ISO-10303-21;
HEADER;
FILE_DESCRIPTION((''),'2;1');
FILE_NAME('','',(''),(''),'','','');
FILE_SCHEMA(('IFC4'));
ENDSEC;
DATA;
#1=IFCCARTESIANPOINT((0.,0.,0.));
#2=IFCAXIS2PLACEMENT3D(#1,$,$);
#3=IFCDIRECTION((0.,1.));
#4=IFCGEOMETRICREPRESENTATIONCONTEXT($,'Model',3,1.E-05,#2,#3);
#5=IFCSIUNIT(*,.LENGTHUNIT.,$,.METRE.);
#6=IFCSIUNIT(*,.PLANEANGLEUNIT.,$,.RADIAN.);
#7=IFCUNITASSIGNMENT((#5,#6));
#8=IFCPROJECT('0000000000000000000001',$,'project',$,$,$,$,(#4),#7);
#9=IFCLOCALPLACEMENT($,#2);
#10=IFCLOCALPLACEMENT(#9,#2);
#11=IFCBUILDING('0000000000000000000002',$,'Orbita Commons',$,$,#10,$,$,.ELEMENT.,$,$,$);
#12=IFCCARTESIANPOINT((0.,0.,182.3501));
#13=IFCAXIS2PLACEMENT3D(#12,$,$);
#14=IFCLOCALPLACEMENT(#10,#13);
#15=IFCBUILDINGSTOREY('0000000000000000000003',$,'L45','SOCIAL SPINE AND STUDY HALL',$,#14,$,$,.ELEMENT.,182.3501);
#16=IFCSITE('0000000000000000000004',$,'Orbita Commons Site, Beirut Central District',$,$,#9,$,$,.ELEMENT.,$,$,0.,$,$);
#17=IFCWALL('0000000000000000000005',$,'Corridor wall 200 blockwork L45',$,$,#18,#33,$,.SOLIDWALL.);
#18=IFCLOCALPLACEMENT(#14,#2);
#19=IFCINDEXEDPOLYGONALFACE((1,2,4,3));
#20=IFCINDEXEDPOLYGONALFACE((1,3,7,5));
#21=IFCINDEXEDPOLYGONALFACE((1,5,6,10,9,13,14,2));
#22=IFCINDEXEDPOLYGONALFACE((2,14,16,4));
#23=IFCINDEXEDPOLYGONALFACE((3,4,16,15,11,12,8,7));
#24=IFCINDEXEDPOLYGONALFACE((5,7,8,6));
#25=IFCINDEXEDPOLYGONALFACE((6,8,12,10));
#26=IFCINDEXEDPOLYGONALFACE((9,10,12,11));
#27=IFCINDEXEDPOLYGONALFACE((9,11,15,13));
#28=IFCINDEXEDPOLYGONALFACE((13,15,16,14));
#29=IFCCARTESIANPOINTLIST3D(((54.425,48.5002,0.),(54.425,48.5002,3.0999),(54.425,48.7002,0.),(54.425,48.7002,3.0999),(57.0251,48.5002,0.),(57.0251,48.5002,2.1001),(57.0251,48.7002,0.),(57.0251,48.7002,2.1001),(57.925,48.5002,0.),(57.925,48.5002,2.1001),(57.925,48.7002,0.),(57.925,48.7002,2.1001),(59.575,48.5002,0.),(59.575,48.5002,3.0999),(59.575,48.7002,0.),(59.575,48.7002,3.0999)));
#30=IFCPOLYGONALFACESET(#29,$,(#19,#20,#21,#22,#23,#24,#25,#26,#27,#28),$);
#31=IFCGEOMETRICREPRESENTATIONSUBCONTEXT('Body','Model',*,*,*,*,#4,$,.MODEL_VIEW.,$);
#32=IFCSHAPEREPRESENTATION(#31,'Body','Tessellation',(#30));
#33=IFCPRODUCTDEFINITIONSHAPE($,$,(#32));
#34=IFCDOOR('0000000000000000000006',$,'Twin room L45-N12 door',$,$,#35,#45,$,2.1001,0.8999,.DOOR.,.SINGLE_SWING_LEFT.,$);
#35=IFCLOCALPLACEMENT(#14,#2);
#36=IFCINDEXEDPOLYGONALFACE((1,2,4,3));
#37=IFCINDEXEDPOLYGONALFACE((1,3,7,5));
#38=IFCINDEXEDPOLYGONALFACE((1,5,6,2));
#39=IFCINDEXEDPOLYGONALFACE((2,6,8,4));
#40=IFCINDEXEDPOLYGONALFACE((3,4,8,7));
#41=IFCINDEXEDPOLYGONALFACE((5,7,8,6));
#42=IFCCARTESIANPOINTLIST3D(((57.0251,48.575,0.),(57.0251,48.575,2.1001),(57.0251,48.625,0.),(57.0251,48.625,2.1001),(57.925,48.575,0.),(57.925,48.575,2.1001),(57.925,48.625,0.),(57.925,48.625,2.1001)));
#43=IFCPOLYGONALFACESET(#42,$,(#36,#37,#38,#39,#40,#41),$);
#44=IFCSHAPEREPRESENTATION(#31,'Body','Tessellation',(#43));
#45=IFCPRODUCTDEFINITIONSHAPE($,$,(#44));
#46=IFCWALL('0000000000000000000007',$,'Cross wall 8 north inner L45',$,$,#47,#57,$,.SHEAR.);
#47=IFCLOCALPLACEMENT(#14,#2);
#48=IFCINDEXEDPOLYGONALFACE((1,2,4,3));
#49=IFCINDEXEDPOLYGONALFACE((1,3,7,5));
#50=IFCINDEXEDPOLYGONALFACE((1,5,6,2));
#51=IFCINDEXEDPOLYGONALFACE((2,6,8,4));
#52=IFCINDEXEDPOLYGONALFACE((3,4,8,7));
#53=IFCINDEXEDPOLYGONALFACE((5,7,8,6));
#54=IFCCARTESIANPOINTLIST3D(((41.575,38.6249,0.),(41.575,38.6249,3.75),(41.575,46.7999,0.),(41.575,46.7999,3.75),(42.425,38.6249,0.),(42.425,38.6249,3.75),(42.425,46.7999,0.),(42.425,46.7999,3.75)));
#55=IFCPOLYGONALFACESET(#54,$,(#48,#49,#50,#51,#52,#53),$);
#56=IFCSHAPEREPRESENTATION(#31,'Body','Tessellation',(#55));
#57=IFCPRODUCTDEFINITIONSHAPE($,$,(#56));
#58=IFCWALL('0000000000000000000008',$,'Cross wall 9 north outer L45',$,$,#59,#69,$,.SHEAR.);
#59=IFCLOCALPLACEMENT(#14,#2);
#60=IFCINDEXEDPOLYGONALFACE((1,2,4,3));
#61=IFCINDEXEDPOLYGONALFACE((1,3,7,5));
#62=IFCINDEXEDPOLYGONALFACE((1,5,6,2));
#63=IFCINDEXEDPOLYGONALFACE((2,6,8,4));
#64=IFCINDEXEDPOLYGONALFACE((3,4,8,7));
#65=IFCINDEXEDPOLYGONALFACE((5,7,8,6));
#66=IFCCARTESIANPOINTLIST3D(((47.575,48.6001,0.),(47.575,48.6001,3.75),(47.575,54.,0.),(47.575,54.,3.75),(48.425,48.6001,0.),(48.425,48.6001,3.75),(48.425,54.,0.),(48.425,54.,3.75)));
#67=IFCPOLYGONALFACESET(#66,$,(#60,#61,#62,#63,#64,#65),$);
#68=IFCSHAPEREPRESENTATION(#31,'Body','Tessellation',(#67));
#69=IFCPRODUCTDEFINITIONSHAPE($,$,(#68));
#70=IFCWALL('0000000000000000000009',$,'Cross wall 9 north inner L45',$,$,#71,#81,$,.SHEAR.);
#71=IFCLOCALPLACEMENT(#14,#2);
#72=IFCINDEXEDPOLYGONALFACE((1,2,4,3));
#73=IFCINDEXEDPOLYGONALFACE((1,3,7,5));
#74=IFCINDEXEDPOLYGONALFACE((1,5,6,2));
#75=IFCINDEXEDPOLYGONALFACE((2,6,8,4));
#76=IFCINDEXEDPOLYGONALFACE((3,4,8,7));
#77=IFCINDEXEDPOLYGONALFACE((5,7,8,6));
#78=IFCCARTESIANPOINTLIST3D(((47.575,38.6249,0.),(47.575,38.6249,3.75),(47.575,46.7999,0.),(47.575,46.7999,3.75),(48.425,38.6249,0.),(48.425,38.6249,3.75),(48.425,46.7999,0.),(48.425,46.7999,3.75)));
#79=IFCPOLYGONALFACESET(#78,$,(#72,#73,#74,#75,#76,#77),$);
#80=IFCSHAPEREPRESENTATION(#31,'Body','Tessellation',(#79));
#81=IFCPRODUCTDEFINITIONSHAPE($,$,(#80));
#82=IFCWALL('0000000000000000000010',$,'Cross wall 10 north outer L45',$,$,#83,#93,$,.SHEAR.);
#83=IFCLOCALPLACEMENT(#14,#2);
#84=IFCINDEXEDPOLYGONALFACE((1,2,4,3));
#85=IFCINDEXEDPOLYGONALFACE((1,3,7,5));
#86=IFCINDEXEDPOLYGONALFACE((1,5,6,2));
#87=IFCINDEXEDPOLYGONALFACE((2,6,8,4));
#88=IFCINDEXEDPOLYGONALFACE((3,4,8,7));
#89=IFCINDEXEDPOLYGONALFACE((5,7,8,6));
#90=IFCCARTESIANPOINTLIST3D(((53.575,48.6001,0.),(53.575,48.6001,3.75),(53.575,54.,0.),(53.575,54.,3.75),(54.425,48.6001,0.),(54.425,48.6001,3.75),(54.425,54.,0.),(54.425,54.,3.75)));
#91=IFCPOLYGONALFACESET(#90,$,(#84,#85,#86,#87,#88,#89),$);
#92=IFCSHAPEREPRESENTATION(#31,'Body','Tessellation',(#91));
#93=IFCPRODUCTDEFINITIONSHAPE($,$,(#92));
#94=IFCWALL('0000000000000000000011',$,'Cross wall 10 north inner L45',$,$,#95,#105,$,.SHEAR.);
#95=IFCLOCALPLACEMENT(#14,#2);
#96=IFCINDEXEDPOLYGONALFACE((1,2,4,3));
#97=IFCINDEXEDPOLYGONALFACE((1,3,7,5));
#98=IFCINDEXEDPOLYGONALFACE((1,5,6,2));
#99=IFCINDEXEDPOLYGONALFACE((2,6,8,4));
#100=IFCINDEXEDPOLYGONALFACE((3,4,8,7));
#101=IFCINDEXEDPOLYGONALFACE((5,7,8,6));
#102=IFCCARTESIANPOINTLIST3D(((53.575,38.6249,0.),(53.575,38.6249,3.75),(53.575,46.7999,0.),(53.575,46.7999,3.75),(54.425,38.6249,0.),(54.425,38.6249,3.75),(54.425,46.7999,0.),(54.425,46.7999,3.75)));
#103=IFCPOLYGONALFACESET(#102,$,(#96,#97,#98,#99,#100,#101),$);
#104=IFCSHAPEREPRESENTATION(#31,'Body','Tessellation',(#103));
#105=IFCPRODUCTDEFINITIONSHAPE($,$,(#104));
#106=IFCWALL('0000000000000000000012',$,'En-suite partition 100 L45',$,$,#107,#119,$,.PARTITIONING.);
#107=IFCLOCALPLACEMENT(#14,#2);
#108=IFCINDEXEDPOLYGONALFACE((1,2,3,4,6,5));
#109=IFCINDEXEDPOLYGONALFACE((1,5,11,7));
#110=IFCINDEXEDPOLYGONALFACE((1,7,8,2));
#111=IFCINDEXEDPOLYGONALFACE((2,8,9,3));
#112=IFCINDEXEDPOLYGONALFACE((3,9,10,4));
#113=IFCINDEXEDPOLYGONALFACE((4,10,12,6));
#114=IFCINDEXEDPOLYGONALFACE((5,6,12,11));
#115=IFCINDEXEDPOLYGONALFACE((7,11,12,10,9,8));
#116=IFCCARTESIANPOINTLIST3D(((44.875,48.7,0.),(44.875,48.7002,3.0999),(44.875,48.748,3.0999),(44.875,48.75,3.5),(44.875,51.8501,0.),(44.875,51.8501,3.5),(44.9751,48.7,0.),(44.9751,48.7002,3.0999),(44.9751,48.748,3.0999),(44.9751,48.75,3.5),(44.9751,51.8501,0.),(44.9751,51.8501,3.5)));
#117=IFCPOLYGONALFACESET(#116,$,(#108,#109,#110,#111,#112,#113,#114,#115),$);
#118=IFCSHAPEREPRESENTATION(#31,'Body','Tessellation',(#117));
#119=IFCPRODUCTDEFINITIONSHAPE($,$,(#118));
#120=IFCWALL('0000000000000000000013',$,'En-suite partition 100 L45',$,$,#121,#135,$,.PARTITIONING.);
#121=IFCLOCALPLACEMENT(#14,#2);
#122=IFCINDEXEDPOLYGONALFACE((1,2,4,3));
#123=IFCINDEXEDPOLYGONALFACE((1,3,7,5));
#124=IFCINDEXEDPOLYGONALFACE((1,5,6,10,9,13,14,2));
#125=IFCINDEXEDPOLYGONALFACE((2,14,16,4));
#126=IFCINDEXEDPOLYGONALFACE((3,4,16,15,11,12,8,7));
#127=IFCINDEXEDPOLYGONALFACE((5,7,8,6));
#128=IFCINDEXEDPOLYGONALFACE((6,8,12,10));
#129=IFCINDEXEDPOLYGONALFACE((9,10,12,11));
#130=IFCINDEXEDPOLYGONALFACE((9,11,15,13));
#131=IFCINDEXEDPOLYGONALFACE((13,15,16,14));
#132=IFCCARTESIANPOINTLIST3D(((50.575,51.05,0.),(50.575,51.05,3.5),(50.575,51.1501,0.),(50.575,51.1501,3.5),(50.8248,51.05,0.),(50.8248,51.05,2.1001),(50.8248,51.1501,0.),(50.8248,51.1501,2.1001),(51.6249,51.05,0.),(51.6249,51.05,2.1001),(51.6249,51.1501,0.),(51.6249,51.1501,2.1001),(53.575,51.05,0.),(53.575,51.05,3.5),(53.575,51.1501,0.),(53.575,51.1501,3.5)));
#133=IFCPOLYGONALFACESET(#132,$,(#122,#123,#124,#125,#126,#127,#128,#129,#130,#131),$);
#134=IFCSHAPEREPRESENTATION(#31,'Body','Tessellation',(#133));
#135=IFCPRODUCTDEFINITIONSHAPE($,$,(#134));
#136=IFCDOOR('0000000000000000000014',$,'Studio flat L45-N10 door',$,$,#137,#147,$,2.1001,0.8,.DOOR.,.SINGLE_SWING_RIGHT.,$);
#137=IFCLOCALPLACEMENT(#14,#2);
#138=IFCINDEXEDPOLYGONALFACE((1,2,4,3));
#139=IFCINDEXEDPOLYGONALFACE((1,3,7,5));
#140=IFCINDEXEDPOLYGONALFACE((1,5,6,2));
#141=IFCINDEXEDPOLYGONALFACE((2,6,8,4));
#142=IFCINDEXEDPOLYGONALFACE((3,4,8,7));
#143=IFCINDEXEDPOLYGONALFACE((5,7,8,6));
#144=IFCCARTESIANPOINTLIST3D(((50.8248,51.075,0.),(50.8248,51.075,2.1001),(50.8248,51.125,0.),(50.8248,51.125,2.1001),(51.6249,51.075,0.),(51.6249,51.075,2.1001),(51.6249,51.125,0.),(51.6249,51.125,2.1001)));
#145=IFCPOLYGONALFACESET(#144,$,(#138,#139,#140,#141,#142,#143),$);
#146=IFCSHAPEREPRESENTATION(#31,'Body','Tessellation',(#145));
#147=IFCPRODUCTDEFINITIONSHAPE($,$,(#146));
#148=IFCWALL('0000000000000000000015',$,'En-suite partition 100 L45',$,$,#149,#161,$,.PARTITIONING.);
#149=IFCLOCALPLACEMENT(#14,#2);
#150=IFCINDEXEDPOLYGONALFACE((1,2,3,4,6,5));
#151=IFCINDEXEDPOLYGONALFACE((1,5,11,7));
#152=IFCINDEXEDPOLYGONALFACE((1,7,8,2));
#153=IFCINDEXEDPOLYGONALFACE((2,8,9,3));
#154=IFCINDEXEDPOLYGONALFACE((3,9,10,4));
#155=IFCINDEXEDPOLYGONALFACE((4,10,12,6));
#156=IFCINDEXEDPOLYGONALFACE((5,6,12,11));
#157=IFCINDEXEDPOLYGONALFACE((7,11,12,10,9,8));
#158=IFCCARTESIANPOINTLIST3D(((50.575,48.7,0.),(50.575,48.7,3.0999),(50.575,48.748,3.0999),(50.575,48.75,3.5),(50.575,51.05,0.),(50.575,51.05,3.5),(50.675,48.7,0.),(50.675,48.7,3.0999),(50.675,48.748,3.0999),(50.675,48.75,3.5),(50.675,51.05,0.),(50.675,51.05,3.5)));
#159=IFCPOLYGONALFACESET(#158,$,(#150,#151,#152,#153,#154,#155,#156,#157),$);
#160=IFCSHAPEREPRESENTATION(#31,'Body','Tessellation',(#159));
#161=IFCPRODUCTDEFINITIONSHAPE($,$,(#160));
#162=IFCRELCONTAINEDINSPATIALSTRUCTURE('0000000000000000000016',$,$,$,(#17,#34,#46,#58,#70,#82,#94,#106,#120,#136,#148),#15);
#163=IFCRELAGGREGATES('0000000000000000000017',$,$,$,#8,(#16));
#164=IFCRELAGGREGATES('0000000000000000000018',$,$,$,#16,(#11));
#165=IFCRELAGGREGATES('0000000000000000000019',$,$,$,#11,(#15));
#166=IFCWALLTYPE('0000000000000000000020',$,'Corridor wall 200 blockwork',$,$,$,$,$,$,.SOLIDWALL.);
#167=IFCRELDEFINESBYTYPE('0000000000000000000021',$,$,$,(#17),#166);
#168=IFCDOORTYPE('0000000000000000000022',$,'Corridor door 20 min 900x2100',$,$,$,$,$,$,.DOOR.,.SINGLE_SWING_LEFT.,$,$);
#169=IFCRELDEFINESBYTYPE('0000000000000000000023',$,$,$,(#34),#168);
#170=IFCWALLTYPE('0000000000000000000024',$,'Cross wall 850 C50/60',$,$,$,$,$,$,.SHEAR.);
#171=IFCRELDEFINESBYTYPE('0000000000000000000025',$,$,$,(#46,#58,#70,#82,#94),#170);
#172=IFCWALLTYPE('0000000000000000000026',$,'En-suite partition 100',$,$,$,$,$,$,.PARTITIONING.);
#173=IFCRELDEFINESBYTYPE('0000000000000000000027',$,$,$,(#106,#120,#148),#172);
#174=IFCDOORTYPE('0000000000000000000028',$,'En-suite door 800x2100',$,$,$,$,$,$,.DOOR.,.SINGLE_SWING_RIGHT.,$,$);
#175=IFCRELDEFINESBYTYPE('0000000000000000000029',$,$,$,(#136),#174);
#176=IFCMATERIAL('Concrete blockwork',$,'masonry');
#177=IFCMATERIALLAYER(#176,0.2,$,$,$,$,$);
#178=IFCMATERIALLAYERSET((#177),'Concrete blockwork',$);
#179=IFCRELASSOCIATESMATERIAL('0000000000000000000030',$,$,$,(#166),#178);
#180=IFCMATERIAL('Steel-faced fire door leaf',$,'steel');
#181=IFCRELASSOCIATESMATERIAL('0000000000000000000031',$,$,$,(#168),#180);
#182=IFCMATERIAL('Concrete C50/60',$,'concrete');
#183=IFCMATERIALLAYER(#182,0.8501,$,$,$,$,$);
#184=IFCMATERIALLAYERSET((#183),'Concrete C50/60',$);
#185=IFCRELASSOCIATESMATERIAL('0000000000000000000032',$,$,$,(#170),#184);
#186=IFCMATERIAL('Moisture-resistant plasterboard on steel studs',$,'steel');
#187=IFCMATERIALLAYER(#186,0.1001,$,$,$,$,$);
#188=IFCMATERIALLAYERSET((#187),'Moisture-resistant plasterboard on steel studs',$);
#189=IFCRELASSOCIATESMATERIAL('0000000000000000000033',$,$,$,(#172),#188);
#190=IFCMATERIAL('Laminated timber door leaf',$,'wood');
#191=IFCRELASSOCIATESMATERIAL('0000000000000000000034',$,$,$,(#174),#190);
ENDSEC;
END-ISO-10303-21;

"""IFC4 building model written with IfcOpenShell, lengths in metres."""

from ifc_helpers import new_model, si_unit, direction, frame, frame_2d, origin, place, context, subcontext, project, spatial, polyline, rectangle, outline, extrude, material, layer, layer_set, type_object, element, fill, save


model = new_model("IFC4")

# Units and contexts
model_context = context("Model", 3, precision=1e-05, world=origin(), true_north=direction((0.0, 1.0)))
body_context = subcontext(model_context, "Body", "Model", "MODEL_VIEW")
ifc_project = project(units=[si_unit("LENGTHUNIT", "METRE"), si_unit("PLANEANGLEUNIT", "RADIAN")], contexts=[model_context])

# Site, building, storey
site_placement = place(None, origin())
site = spatial("IfcSite", under=ifc_project, at=site_placement, Name="Orbita Commons Site, Beirut Central District", CompositionType="ELEMENT", RefElevation=0.0)
building_placement = place(site_placement, origin())
building = spatial("IfcBuilding", under=site, at=building_placement, Name="Orbita Commons", CompositionType="ELEMENT")
storey_placement = place(building_placement, frame((0.0, 0.0, 182.3501)))
storey = spatial("IfcBuildingStorey", under=building, at=storey_placement, Name="L45", Description="SOCIAL SPINE AND STUDY HALL", CompositionType="ELEMENT", Elevation=182.3501)

# Wall, opening, door
ifc_material_1 = material(Name="Concrete blockwork", Category="masonry")
ifc_layer_1 = layer(ifc_material_1, 0.2)
ifc_layer_set_1 = layer_set([ifc_layer_1], Name="Concrete blockwork")
wall_type_1 = type_object("IfcWallType", Name="Corridor wall 200 blockwork", PredefinedType="SOLIDWALL", material=ifc_layer_set_1)
ifc_material_2 = material(Name="Steel-faced fire door leaf", Category="steel")
door_type_1 = type_object("IfcDoorType", Name="Corridor door 20 min 900x2100", OperationType="SINGLE_SWING_LEFT", PredefinedType="DOOR", material=ifc_material_2)
wall_1_placement = place(storey_placement, frame((54.425, 48.6001, 0.0), z_axis=(0.0, 0.0, 1.0), x_axis=(1.0, 0.0, 0.0)))
wall_1 = element("IfcWall", 1, at=wall_1_placement, inside=storey, type_object=wall_type_1, Name="Corridor wall 200 blockwork L45", PredefinedType="SOLIDWALL", context=body_context, shape_type="SweptSolid", body=[
    extrude(outline(polyline([(0.0, 0.0), (5.1499, 0.0), (5.1499, 3.0999), (0.0, 3.0999), (0.0, 0.0)])), frame((0.0, 0.1001, 0.0), z_axis=(0.0, -1.0, 0.0), x_axis=(1.0, 0.0, 0.0)), (0.0, 0.0, 1.0), 0.2),
])
opening_1_placement = place(wall_1_placement, frame((2.6001, 0.0, 0.0)))
opening_1 = element("IfcOpeningElement", 2, at=opening_1_placement, cuts=wall_1, PredefinedType="OPENING", context=body_context, shape_type="SweptSolid", body=[
    extrude(rectangle(XDim=0.8999, YDim=2.1001, at=frame_2d((0.45, 1.05))), frame((0.0, 0.1099, 0.0), z_axis=(0.0, -1.0, 0.0), x_axis=(1.0, 0.0, 0.0)), (0.0, 0.0, 1.0), 0.22),
])
door_1_placement = place(opening_1_placement, origin())
door_1 = element("IfcDoor", 3, at=door_1_placement, inside=storey, type_object=door_type_1, Name="Twin room L45-N12 door", OperationType="SINGLE_SWING_LEFT", OverallHeight=2.1001, OverallWidth=0.8999, PredefinedType="DOOR", context=body_context, shape_type="SweptSolid", body=[
    extrude(rectangle(XDim=0.8999, YDim=2.1001, at=frame_2d((0.45, 1.05))), frame((0.0, 0.0249, 0.0), z_axis=(0.0, -1.0, 0.0), x_axis=(1.0, 0.0, 0.0)), (0.0, 0.0, 1.0), 0.05),
])
fill(opening_1, door_1)

# Walls
ifc_material_3 = material(Name="Concrete C50/60", Category="concrete")
ifc_layer_2 = layer(ifc_material_3, 0.8501)
ifc_layer_set_2 = layer_set([ifc_layer_2], Name="Concrete C50/60")
wall_type_2 = type_object("IfcWallType", Name="Cross wall 850 C50/60", PredefinedType="SHEAR", material=ifc_layer_set_2)
wall_2_placement = place(storey_placement, frame((42.0, 38.625, 0.0), z_axis=(0.0, 0.0, 1.0), x_axis=(0.0, 1.0, 0.0)))
element("IfcWall", 4, at=wall_2_placement, inside=storey, type_object=wall_type_2, Name="Cross wall 8 north inner L45", PredefinedType="SHEAR", context=body_context, shape_type="SweptSolid", body=[
    extrude(rectangle(XDim=8.175, YDim=0.8501, at=frame_2d((4.0874, 0.0))), origin(), (0.0, 0.0, 1.0), 3.75),
])
wall_3_placement = place(storey_placement, frame((48.0, 48.6001, 0.0), z_axis=(0.0, 0.0, 1.0), x_axis=(0.0, 1.0, 0.0)))
element("IfcWall", 5, at=wall_3_placement, inside=storey, type_object=wall_type_2, Name="Cross wall 9 north outer L45", PredefinedType="SHEAR", context=body_context, shape_type="SweptSolid", body=[
    extrude(rectangle(XDim=5.3999, YDim=0.8501, at=frame_2d((2.7, 0.0))), origin(), (0.0, 0.0, 1.0), 3.75),
])
wall_4_placement = place(storey_placement, frame((48.0, 38.625, 0.0), z_axis=(0.0, 0.0, 1.0), x_axis=(0.0, 1.0, 0.0)))
element("IfcWall", 6, at=wall_4_placement, inside=storey, type_object=wall_type_2, Name="Cross wall 9 north inner L45", PredefinedType="SHEAR", context=body_context, shape_type="SweptSolid", body=[
    extrude(rectangle(XDim=8.175, YDim=0.8501, at=frame_2d((4.0874, 0.0))), origin(), (0.0, 0.0, 1.0), 3.75),
])
wall_5_placement = place(storey_placement, frame((54.0, 48.6001, 0.0), z_axis=(0.0, 0.0, 1.0), x_axis=(0.0, 1.0, 0.0)))
element("IfcWall", 7, at=wall_5_placement, inside=storey, type_object=wall_type_2, Name="Cross wall 10 north outer L45", PredefinedType="SHEAR", context=body_context, shape_type="SweptSolid", body=[
    extrude(rectangle(XDim=5.3999, YDim=0.8501, at=frame_2d((2.7, 0.0))), origin(), (0.0, 0.0, 1.0), 3.75),
])
wall_6_placement = place(storey_placement, frame((54.0, 38.625, 0.0), z_axis=(0.0, 0.0, 1.0), x_axis=(0.0, 1.0, 0.0)))
element("IfcWall", 8, at=wall_6_placement, inside=storey, type_object=wall_type_2, Name="Cross wall 10 north inner L45", PredefinedType="SHEAR", context=body_context, shape_type="SweptSolid", body=[
    extrude(rectangle(XDim=8.175, YDim=0.8501, at=frame_2d((4.0874, 0.0))), origin(), (0.0, 0.0, 1.0), 3.75),
])
ifc_material_4 = material(Name="Moisture-resistant plasterboard on steel studs", Category="steel")
ifc_layer_3 = layer(ifc_material_4, 0.1001)
ifc_layer_set_3 = layer_set([ifc_layer_3], Name="Moisture-resistant plasterboard on steel studs")
wall_type_3 = type_object("IfcWallType", Name="En-suite partition 100", PredefinedType="PARTITIONING", material=ifc_layer_set_3)
wall_7_placement = place(storey_placement, frame((44.925, 51.8501, 0.0), z_axis=(0.0, 0.0, 1.0), x_axis=(0.0, -1.0, 0.0)))
element("IfcWall", 9, at=wall_7_placement, inside=storey, type_object=wall_type_3, Name="En-suite partition 100 L45", PredefinedType="PARTITIONING", context=body_context, shape_type="SweptSolid", body=[
    extrude(outline(polyline([(0.0, 0.0), (3.1501, 0.0), (3.1499, 3.0999), (3.1021, 3.0999), (3.1001, 3.5), (0.0, 3.5), (0.0, 0.0)])), frame((0.0, 0.05, 0.0), z_axis=(0.0, -1.0, 0.0), x_axis=(1.0, 0.0, 0.0)), (0.0, 0.0, 1.0), 0.1001),
])

# Wall, opening, door
wall_8_placement = place(storey_placement, frame((50.575, 51.1001, 0.0), z_axis=(0.0, 0.0, 1.0), x_axis=(1.0, 0.0, 0.0)))
wall_8 = element("IfcWall", 10, at=wall_8_placement, inside=storey, type_object=wall_type_3, Name="En-suite partition 100 L45", PredefinedType="PARTITIONING", context=body_context, shape_type="SweptSolid", body=[
    extrude(rectangle(XDim=3.0, YDim=0.1001, at=frame_2d((1.5, 0.0))), origin(), (0.0, 0.0, 1.0), 3.5),
])
opening_2_placement = place(wall_8_placement, frame((0.25, 0.0, 0.0)))
opening_2 = element("IfcOpeningElement", 11, at=opening_2_placement, cuts=wall_8, PredefinedType="OPENING", context=body_context, shape_type="SweptSolid", body=[
    extrude(rectangle(XDim=0.8, YDim=2.1001, at=frame_2d((0.3999, 1.05))), frame((0.0, 0.0601, 0.0), z_axis=(0.0, -1.0, 0.0), x_axis=(1.0, 0.0, 0.0)), (0.0, 0.0, 1.0), 0.1201),
])
ifc_material_5 = material(Name="Laminated timber door leaf", Category="wood")
door_type_2 = type_object("IfcDoorType", Name="En-suite door 800x2100", OperationType="SINGLE_SWING_RIGHT", PredefinedType="DOOR", material=ifc_material_5)
door_2_placement = place(opening_2_placement, origin())
door_2 = element("IfcDoor", 12, at=door_2_placement, inside=storey, type_object=door_type_2, Name="Studio flat L45-N10 door", OperationType="SINGLE_SWING_RIGHT", OverallHeight=2.1001, OverallWidth=0.8, PredefinedType="DOOR", context=body_context, shape_type="SweptSolid", body=[
    extrude(rectangle(XDim=0.8, YDim=2.1001, at=frame_2d((0.3999, 1.05))), frame((0.0, 0.0249, 0.0), z_axis=(0.0, -1.0, 0.0), x_axis=(1.0, 0.0, 0.0)), (0.0, 0.0, 1.0), 0.05),
])
fill(opening_2, door_2)

# Wall
wall_9_placement = place(storey_placement, frame((50.625, 51.05, 0.0), z_axis=(0.0, 0.0, 1.0), x_axis=(0.0, -1.0, 0.0)))
element("IfcWall", 13, at=wall_9_placement, inside=storey, type_object=wall_type_3, Name="En-suite partition 100 L45", PredefinedType="PARTITIONING", context=body_context, shape_type="SweptSolid", body=[
    extrude(outline(polyline([(0.0, 0.0), (2.3501, 0.0), (2.3501, 3.0999), (2.302, 3.0999), (2.3, 3.5), (0.0, 3.5), (0.0, 0.0)])), frame((0.0, 0.05, 0.0), z_axis=(0.0, -1.0, 0.0), x_axis=(1.0, 0.0, 0.0)), (0.0, 0.0, 1.0), 0.1001),
])

save(model, "model.ifc")
